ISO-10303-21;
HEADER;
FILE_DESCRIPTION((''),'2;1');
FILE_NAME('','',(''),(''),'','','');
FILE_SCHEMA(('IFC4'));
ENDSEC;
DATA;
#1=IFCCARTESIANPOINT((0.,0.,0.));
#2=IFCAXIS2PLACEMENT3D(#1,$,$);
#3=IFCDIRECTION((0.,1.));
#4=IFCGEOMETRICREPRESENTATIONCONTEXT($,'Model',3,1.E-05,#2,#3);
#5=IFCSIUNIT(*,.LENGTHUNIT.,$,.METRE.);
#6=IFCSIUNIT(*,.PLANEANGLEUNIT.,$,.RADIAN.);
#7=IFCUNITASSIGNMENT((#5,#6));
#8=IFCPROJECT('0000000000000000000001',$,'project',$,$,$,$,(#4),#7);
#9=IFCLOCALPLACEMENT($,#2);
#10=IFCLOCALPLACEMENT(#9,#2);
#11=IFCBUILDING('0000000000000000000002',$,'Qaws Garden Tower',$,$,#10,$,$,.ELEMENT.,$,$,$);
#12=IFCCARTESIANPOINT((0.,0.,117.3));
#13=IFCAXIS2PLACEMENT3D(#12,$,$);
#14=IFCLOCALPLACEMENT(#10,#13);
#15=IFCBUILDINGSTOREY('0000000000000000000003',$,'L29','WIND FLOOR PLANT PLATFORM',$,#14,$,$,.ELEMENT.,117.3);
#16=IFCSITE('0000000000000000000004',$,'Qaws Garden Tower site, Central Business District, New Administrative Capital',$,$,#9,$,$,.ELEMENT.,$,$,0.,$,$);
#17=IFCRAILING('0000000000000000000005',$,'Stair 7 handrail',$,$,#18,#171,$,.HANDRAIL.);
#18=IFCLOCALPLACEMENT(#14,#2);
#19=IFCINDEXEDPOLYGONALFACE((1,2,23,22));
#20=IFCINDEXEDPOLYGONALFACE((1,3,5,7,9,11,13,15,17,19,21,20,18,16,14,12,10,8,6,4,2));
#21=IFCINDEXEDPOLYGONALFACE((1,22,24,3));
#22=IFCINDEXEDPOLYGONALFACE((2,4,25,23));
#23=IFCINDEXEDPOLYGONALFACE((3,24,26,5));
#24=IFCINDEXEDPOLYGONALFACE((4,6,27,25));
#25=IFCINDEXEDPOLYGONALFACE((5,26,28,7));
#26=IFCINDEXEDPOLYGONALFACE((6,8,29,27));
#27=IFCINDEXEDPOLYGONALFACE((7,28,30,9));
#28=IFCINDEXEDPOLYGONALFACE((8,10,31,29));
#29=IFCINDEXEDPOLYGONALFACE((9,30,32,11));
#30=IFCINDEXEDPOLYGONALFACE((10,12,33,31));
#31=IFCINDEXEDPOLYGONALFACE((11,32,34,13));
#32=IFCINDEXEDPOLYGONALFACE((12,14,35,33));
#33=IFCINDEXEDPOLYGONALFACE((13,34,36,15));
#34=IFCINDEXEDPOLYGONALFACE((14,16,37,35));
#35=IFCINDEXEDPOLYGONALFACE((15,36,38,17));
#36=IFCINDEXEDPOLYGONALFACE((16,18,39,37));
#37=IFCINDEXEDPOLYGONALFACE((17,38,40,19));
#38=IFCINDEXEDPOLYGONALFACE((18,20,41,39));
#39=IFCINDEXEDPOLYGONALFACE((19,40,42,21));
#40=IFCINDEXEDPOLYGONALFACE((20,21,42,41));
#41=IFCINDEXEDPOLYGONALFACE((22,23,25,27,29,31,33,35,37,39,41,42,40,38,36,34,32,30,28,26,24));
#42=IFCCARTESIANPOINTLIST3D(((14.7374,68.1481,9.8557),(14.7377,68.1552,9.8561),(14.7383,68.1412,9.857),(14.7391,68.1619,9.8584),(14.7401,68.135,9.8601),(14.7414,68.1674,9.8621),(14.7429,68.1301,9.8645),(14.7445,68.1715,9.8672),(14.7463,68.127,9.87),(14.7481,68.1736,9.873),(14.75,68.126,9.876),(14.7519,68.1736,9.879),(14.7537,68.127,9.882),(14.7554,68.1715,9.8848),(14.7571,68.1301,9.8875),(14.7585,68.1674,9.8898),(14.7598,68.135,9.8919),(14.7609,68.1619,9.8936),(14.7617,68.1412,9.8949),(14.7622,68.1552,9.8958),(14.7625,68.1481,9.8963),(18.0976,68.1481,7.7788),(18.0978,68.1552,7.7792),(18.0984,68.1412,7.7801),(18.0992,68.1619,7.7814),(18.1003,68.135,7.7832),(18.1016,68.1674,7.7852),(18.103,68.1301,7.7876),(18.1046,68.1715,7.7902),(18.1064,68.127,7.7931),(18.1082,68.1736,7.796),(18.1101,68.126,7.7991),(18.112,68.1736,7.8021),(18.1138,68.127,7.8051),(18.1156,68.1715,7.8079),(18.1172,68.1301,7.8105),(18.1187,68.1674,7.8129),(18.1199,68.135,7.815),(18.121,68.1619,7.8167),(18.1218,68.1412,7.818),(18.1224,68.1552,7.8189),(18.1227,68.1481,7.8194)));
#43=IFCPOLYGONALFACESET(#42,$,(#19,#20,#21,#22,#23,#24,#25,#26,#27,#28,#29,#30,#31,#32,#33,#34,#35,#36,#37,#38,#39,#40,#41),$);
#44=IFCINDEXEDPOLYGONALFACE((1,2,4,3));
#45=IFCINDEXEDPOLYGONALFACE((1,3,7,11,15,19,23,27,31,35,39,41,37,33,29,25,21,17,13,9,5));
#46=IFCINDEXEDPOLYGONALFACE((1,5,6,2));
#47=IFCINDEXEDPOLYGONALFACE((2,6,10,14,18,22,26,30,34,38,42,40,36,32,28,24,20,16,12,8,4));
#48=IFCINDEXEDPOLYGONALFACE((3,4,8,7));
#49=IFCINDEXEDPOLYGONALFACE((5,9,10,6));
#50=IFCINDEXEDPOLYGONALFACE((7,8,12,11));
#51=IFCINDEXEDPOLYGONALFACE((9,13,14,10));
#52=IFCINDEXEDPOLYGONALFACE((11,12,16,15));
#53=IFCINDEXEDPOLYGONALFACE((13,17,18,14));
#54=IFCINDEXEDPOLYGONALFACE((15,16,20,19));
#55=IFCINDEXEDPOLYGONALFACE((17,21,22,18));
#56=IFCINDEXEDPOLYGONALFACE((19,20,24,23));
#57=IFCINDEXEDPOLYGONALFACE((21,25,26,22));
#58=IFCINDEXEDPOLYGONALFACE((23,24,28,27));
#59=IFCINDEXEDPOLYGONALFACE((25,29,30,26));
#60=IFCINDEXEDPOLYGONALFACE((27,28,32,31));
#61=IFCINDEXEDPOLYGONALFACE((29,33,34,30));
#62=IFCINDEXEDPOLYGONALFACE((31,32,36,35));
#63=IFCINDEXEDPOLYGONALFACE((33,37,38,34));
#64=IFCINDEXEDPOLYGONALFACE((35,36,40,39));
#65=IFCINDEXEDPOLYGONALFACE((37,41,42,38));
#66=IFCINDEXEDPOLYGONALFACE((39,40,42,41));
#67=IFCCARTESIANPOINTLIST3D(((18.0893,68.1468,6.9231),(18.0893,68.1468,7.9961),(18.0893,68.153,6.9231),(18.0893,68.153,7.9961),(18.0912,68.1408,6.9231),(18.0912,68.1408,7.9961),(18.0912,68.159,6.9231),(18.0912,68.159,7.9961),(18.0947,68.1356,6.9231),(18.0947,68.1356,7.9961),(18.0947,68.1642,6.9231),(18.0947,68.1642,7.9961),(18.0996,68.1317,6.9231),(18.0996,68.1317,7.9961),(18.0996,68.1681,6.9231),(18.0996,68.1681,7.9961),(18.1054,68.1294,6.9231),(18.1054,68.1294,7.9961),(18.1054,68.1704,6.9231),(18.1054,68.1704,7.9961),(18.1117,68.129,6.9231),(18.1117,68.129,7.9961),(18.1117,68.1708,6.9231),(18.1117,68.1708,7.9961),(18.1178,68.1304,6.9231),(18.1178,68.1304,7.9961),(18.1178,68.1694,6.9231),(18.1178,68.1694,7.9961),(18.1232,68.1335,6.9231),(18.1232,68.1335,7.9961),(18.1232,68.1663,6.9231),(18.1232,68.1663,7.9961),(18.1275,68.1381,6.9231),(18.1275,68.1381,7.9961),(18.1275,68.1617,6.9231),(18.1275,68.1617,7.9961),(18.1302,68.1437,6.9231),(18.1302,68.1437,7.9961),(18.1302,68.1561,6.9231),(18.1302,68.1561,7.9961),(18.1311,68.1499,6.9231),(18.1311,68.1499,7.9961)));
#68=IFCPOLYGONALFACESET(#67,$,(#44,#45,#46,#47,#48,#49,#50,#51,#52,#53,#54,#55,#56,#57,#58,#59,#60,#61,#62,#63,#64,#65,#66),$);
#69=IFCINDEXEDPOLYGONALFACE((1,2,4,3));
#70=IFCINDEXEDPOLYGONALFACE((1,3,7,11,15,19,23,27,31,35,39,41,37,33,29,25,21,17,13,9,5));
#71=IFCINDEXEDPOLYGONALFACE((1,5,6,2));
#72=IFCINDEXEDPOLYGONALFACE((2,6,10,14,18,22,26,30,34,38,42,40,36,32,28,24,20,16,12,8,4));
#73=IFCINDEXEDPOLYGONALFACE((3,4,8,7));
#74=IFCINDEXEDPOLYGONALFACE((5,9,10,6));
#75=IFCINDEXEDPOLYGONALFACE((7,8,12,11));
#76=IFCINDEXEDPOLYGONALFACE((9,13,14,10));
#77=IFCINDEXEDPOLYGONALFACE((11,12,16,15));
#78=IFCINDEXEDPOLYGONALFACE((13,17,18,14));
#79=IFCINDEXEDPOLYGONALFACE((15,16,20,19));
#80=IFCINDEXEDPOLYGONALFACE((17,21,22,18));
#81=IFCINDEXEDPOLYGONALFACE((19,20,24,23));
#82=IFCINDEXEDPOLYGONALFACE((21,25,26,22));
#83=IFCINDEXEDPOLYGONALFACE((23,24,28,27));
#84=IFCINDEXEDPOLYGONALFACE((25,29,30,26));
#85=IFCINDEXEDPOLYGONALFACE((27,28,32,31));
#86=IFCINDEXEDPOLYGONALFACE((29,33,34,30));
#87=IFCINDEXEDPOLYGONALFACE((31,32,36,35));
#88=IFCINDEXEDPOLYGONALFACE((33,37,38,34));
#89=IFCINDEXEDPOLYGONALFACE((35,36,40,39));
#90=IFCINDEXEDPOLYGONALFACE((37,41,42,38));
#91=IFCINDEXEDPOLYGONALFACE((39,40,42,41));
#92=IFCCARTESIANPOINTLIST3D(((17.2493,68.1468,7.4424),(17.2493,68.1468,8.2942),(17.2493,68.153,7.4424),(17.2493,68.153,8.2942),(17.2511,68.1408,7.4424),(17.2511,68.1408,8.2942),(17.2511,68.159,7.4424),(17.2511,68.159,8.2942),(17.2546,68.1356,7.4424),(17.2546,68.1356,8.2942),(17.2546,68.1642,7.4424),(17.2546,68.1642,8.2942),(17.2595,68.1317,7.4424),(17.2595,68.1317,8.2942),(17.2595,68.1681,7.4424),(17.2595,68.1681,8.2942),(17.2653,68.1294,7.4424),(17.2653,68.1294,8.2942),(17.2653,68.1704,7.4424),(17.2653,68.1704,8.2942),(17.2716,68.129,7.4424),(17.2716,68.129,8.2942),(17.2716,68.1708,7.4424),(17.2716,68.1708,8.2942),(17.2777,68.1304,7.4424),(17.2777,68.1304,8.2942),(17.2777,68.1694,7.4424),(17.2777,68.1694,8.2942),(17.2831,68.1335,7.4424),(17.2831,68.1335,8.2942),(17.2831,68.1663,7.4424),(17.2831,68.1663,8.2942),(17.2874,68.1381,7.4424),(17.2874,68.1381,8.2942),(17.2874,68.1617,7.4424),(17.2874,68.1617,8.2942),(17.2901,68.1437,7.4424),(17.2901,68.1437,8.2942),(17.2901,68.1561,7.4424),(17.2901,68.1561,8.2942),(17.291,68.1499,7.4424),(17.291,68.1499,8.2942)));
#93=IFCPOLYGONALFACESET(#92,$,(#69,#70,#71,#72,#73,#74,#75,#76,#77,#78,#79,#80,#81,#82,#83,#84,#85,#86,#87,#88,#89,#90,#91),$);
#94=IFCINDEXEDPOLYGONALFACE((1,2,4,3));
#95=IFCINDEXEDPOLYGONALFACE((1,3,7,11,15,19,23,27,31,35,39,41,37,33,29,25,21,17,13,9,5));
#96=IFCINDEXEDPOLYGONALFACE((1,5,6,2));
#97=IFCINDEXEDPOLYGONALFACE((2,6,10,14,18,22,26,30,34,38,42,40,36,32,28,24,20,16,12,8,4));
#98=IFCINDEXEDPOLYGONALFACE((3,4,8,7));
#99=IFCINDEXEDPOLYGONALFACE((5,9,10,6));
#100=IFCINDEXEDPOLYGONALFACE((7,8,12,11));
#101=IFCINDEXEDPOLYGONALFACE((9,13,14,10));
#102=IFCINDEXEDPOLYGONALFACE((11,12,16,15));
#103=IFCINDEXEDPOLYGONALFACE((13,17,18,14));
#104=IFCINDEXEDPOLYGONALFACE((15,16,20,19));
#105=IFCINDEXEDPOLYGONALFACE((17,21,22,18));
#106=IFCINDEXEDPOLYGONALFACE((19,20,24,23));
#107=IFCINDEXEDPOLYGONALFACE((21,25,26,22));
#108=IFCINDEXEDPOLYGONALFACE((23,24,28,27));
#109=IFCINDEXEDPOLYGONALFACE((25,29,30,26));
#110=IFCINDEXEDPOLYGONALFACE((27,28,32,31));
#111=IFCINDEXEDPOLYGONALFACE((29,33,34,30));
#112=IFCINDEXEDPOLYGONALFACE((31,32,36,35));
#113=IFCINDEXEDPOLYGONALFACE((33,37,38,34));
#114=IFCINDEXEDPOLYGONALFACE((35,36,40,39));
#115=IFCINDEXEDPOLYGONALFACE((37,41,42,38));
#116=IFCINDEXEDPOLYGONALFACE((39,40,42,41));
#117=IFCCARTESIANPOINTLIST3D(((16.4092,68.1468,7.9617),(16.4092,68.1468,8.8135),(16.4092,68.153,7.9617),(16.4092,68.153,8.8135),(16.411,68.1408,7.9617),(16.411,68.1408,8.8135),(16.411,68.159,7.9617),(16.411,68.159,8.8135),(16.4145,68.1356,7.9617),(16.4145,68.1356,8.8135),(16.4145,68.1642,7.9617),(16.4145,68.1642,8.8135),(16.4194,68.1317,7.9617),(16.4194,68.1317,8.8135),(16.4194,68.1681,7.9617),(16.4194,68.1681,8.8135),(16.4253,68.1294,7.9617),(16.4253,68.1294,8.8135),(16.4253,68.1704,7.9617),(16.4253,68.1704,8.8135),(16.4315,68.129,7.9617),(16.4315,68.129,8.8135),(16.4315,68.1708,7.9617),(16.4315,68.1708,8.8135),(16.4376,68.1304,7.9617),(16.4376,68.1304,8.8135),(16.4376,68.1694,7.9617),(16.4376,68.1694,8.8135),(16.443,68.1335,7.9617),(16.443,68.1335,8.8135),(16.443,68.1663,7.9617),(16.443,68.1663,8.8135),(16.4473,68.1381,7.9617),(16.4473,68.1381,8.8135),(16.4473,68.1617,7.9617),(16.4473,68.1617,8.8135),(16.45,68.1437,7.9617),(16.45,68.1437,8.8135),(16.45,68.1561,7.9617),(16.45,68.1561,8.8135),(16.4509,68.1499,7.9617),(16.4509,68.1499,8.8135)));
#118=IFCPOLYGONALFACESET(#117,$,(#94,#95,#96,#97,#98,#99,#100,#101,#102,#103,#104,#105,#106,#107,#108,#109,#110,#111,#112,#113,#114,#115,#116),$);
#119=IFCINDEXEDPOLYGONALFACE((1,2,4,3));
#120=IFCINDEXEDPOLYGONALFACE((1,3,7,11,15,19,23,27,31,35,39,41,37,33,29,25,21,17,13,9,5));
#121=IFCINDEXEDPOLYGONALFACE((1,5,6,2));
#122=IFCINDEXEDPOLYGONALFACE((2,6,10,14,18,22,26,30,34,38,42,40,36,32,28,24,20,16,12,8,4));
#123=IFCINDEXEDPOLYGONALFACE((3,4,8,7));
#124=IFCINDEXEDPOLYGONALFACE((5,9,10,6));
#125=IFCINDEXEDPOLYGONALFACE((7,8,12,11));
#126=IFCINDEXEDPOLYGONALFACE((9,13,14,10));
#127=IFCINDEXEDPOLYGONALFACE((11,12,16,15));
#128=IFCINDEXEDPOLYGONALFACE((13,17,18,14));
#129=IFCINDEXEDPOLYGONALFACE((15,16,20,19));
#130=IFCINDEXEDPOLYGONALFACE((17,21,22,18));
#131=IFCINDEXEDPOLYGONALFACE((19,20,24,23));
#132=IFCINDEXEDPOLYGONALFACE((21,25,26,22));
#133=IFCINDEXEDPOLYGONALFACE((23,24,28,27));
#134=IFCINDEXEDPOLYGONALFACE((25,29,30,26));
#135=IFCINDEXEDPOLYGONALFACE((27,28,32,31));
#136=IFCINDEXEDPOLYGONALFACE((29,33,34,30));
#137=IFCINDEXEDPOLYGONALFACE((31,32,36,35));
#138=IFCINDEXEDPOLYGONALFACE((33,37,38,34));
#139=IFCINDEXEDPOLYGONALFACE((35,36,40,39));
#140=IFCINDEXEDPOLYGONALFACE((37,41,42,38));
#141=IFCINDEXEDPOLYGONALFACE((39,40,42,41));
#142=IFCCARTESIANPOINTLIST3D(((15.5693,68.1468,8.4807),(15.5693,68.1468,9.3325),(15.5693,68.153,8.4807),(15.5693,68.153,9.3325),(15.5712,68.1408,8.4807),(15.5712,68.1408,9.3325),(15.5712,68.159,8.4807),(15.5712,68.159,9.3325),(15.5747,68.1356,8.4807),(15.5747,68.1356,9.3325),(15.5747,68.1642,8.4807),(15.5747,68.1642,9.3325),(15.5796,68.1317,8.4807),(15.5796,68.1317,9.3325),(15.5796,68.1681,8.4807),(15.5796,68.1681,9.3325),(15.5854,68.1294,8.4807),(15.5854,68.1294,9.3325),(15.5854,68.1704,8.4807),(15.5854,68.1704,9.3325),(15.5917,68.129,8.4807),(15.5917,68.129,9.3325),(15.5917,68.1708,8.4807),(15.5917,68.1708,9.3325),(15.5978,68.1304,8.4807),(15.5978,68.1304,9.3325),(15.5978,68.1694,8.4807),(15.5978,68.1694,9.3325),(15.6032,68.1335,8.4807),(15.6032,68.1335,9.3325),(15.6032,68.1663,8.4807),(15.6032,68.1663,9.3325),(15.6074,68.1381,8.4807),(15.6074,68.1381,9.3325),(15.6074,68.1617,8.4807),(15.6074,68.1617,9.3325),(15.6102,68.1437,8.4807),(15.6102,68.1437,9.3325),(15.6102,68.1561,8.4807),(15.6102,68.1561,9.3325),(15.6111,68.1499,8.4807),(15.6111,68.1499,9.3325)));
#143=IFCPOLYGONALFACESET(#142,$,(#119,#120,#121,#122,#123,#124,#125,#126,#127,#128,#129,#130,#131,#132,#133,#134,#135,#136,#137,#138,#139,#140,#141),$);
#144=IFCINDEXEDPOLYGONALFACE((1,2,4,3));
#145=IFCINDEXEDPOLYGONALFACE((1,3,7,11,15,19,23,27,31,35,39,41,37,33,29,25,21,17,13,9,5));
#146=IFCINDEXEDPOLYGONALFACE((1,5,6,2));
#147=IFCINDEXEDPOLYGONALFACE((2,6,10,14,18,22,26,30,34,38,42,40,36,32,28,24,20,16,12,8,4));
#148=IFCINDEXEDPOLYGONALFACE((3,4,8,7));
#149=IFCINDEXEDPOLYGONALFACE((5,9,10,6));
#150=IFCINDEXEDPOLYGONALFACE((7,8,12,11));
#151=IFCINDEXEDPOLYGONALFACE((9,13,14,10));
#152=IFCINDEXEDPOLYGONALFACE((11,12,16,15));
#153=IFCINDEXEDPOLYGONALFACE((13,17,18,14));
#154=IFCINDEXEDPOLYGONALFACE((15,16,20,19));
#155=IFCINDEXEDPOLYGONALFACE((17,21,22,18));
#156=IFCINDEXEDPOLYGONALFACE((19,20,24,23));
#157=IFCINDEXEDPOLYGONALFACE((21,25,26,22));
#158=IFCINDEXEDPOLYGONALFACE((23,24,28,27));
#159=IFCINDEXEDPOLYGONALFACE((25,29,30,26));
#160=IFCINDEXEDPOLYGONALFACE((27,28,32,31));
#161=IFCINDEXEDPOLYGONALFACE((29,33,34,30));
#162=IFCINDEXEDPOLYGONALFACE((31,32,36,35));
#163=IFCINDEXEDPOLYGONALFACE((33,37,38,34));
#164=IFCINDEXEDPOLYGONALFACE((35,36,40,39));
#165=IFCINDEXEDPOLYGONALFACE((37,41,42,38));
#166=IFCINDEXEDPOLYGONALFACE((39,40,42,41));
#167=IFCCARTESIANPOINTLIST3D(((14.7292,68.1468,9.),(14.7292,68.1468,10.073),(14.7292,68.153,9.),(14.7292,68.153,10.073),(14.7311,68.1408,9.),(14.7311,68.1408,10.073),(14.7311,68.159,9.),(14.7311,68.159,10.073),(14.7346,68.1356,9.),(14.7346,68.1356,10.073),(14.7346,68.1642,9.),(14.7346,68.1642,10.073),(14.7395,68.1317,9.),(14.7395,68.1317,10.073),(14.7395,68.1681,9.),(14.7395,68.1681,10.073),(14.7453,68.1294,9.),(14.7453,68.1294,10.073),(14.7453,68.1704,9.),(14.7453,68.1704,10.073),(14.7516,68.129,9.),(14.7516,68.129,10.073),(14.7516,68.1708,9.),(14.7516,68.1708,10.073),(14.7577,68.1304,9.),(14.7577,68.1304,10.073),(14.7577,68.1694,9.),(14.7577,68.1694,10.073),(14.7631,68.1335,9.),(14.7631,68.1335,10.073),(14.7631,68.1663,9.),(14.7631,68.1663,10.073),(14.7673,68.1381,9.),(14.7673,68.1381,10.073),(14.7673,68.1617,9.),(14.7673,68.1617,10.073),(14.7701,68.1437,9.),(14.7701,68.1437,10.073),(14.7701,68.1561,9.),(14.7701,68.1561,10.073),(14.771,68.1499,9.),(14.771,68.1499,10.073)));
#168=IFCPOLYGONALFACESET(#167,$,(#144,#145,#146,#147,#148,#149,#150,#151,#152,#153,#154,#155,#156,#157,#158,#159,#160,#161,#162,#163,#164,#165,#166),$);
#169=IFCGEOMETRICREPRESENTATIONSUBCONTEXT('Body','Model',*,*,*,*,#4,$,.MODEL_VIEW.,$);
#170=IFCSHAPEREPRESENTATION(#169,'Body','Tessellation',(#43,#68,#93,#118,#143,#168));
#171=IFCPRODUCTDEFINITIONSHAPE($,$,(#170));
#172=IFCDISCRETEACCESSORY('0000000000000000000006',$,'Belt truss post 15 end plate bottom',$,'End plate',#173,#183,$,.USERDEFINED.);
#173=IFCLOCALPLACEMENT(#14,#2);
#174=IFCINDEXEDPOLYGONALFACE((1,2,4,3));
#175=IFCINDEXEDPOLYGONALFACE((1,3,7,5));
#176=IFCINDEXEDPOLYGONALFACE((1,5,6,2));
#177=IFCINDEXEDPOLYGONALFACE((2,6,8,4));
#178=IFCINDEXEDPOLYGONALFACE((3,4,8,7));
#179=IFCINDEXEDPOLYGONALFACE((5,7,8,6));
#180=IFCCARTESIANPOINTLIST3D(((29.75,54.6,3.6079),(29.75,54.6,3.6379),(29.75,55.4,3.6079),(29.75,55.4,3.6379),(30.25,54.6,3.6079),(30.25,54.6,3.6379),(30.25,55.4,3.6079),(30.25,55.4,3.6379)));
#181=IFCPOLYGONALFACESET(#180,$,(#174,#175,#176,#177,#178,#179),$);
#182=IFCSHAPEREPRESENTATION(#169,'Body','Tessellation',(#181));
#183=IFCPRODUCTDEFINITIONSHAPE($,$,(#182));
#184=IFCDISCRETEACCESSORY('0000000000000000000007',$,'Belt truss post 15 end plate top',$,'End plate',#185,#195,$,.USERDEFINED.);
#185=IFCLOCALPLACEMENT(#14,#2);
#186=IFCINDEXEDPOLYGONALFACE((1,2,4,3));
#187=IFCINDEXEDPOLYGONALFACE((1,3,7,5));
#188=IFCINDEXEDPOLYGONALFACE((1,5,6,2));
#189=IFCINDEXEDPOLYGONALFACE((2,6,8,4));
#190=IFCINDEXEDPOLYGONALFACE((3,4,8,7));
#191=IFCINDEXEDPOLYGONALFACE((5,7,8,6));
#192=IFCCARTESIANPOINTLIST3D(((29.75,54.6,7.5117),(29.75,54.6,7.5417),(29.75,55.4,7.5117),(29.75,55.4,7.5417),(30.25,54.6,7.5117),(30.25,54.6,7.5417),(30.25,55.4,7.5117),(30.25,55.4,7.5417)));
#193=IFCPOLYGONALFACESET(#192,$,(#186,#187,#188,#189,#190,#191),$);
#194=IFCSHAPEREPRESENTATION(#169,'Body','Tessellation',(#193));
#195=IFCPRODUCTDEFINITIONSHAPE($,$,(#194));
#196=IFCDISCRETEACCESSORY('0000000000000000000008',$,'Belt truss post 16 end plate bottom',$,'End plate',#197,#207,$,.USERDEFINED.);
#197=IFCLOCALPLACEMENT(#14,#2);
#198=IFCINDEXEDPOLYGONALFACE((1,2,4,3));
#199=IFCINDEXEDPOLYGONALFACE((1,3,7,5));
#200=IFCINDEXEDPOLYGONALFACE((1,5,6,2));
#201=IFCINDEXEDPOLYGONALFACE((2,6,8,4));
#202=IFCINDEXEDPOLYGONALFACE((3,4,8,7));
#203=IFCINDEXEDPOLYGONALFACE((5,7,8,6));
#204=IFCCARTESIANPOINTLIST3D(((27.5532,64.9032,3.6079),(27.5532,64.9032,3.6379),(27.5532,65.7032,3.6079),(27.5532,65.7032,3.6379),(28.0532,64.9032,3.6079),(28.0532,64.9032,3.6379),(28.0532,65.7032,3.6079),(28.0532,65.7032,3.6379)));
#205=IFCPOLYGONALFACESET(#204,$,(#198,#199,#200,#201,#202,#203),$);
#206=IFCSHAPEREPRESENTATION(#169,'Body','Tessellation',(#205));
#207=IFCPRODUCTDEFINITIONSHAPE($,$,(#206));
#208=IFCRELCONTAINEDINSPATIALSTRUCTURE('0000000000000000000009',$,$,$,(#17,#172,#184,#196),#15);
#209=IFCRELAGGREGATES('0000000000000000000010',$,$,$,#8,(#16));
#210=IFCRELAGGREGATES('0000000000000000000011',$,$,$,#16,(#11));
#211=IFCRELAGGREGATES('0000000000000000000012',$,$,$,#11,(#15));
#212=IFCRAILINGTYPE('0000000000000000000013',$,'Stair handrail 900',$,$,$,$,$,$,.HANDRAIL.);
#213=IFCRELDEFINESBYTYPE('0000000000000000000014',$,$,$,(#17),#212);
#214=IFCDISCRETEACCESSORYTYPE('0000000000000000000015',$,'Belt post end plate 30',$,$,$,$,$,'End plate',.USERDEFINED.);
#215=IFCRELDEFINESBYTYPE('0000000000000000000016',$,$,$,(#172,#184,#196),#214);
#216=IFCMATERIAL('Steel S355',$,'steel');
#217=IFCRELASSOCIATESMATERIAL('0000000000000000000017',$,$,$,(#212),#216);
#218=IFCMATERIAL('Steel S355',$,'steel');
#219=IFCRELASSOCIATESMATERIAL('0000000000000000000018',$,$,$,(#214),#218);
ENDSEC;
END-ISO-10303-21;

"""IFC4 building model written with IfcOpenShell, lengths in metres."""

from ifc_helpers import new_model, si_unit, direction, frame, origin, origin_2d, place, context, subcontext, project, spatial, rectangle, circle, extrude, material, type_object, element, save


model = new_model("IFC4")

# Units and contexts
model_context = context("Model", 3, precision=1e-05, world=origin(), true_north=direction((0.0, 1.0)))
body_context = subcontext(model_context, "Body", "Model", "MODEL_VIEW")
ifc_project = project(units=[si_unit("LENGTHUNIT", "METRE"), si_unit("PLANEANGLEUNIT", "RADIAN")], contexts=[model_context])

# Site, building, storey
site_placement = place(None, origin())
site = spatial("IfcSite", under=ifc_project, at=site_placement, Name="Qaws Garden Tower site, Central Business District, New Administrative Capital", CompositionType="ELEMENT", RefElevation=0.0)
building_placement = place(site_placement, origin())
building = spatial("IfcBuilding", under=site, at=building_placement, Name="Qaws Garden Tower", CompositionType="ELEMENT")
storey_placement = place(building_placement, frame((0.0, 0.0, 117.3)))
storey = spatial("IfcBuildingStorey", under=building, at=storey_placement, Name="L29", Description="WIND FLOOR PLANT PLATFORM", CompositionType="ELEMENT", Elevation=117.3)

# Shared definitions
placement_1 = place(storey_placement, frame((30.0, 55.0, 3.6079), z_axis=(0.0, 0.0, 1.0), x_axis=(1.0, 0.0, 0.0)))
placement_2 = place(storey_placement, frame((27.8032, 65.3032, 3.6079), z_axis=(0.0, 0.0, 1.0), x_axis=(1.0, 0.0, 0.0)))

# Railing
ifc_material_1 = material(Name="Steel S355", Category="steel")
railing_type_1 = type_object("IfcRailingType", Name="Stair handrail 900", PredefinedType="HANDRAIL", material=ifc_material_1)
for number, where, name in (
    (1, (18.1101, 68.1499, 6.9231), "Stair 7 handrail"),
):
    element("IfcRailing", number, at=place(storey_placement, frame(where)), inside=storey, type_object=railing_type_1, Name=name, PredefinedType="HANDRAIL", context=body_context, shape_type="SweptSolid", body=[
        extrude(circle(Radius=0.0239, at=origin_2d()), frame((0.0, 0.0, 0.876), z_axis=(-0.850623, 0.0, 0.525776), x_axis=(0.0, -1.0, 0.0)), (0.0, 0.0, 1.0), 3.9502),
        extrude(circle(Radius=0.021, at=origin_2d()), origin(), (0.0, 0.0, 1.0), 1.073),
        extrude(circle(Radius=0.021, at=origin_2d()), frame((-0.8401, 0.0, 0.5193)), (0.0, 0.0, 1.0), 0.8518),
        extrude(circle(Radius=0.021, at=origin_2d()), frame((-1.6802, 0.0, 1.0386)), (0.0, 0.0, 1.0), 0.8518),
        extrude(circle(Radius=0.021, at=origin_2d()), frame((-2.52, 0.0, 1.5576)), (0.0, 0.0, 1.0), 0.8518),
        extrude(circle(Radius=0.021, at=origin_2d()), frame((-3.3601, 0.0, 2.0769)), (0.0, 0.0, 1.0), 1.073),
    ])

# Discrete accessories
ifc_material_2 = material(Name="Steel S355", Category="steel")
discrete_accessory_type = type_object("IfcDiscreteAccessoryType", Name="Belt post end plate 30", ElementType="End plate", PredefinedType="USERDEFINED", material=ifc_material_2)
element("IfcDiscreteAccessory", 2, at=placement_1, inside=storey, type_object=discrete_accessory_type, Name="Belt truss post 15 end plate bottom", ObjectType="End plate", PredefinedType="USERDEFINED", context=body_context, shape_type="SweptSolid", body=[
    extrude(rectangle(XDim=0.5, YDim=0.8, at=origin_2d()), origin(), (0.0, 0.0, 1.0), 0.03),
])
discrete_accessory_1_placement = place(storey_placement, frame((30.0, 55.0, 7.5117), z_axis=(0.0, 0.0, 1.0), x_axis=(1.0, 0.0, 0.0)))
element("IfcDiscreteAccessory", 3, at=discrete_accessory_1_placement, inside=storey, type_object=discrete_accessory_type, Name="Belt truss post 15 end plate top", ObjectType="End plate", PredefinedType="USERDEFINED", context=body_context, shape_type="SweptSolid", body=[
    extrude(rectangle(XDim=0.5, YDim=0.8, at=origin_2d()), origin(), (0.0, 0.0, 1.0), 0.03),
])
element("IfcDiscreteAccessory", 4, at=placement_2, inside=storey, type_object=discrete_accessory_type, Name="Belt truss post 16 end plate bottom", ObjectType="End plate", PredefinedType="USERDEFINED", context=body_context, shape_type="SweptSolid", body=[
    extrude(rectangle(XDim=0.5, YDim=0.8, at=origin_2d()), origin(), (0.0, 0.0, 1.0), 0.03),
])

save(model, "model.ifc")
